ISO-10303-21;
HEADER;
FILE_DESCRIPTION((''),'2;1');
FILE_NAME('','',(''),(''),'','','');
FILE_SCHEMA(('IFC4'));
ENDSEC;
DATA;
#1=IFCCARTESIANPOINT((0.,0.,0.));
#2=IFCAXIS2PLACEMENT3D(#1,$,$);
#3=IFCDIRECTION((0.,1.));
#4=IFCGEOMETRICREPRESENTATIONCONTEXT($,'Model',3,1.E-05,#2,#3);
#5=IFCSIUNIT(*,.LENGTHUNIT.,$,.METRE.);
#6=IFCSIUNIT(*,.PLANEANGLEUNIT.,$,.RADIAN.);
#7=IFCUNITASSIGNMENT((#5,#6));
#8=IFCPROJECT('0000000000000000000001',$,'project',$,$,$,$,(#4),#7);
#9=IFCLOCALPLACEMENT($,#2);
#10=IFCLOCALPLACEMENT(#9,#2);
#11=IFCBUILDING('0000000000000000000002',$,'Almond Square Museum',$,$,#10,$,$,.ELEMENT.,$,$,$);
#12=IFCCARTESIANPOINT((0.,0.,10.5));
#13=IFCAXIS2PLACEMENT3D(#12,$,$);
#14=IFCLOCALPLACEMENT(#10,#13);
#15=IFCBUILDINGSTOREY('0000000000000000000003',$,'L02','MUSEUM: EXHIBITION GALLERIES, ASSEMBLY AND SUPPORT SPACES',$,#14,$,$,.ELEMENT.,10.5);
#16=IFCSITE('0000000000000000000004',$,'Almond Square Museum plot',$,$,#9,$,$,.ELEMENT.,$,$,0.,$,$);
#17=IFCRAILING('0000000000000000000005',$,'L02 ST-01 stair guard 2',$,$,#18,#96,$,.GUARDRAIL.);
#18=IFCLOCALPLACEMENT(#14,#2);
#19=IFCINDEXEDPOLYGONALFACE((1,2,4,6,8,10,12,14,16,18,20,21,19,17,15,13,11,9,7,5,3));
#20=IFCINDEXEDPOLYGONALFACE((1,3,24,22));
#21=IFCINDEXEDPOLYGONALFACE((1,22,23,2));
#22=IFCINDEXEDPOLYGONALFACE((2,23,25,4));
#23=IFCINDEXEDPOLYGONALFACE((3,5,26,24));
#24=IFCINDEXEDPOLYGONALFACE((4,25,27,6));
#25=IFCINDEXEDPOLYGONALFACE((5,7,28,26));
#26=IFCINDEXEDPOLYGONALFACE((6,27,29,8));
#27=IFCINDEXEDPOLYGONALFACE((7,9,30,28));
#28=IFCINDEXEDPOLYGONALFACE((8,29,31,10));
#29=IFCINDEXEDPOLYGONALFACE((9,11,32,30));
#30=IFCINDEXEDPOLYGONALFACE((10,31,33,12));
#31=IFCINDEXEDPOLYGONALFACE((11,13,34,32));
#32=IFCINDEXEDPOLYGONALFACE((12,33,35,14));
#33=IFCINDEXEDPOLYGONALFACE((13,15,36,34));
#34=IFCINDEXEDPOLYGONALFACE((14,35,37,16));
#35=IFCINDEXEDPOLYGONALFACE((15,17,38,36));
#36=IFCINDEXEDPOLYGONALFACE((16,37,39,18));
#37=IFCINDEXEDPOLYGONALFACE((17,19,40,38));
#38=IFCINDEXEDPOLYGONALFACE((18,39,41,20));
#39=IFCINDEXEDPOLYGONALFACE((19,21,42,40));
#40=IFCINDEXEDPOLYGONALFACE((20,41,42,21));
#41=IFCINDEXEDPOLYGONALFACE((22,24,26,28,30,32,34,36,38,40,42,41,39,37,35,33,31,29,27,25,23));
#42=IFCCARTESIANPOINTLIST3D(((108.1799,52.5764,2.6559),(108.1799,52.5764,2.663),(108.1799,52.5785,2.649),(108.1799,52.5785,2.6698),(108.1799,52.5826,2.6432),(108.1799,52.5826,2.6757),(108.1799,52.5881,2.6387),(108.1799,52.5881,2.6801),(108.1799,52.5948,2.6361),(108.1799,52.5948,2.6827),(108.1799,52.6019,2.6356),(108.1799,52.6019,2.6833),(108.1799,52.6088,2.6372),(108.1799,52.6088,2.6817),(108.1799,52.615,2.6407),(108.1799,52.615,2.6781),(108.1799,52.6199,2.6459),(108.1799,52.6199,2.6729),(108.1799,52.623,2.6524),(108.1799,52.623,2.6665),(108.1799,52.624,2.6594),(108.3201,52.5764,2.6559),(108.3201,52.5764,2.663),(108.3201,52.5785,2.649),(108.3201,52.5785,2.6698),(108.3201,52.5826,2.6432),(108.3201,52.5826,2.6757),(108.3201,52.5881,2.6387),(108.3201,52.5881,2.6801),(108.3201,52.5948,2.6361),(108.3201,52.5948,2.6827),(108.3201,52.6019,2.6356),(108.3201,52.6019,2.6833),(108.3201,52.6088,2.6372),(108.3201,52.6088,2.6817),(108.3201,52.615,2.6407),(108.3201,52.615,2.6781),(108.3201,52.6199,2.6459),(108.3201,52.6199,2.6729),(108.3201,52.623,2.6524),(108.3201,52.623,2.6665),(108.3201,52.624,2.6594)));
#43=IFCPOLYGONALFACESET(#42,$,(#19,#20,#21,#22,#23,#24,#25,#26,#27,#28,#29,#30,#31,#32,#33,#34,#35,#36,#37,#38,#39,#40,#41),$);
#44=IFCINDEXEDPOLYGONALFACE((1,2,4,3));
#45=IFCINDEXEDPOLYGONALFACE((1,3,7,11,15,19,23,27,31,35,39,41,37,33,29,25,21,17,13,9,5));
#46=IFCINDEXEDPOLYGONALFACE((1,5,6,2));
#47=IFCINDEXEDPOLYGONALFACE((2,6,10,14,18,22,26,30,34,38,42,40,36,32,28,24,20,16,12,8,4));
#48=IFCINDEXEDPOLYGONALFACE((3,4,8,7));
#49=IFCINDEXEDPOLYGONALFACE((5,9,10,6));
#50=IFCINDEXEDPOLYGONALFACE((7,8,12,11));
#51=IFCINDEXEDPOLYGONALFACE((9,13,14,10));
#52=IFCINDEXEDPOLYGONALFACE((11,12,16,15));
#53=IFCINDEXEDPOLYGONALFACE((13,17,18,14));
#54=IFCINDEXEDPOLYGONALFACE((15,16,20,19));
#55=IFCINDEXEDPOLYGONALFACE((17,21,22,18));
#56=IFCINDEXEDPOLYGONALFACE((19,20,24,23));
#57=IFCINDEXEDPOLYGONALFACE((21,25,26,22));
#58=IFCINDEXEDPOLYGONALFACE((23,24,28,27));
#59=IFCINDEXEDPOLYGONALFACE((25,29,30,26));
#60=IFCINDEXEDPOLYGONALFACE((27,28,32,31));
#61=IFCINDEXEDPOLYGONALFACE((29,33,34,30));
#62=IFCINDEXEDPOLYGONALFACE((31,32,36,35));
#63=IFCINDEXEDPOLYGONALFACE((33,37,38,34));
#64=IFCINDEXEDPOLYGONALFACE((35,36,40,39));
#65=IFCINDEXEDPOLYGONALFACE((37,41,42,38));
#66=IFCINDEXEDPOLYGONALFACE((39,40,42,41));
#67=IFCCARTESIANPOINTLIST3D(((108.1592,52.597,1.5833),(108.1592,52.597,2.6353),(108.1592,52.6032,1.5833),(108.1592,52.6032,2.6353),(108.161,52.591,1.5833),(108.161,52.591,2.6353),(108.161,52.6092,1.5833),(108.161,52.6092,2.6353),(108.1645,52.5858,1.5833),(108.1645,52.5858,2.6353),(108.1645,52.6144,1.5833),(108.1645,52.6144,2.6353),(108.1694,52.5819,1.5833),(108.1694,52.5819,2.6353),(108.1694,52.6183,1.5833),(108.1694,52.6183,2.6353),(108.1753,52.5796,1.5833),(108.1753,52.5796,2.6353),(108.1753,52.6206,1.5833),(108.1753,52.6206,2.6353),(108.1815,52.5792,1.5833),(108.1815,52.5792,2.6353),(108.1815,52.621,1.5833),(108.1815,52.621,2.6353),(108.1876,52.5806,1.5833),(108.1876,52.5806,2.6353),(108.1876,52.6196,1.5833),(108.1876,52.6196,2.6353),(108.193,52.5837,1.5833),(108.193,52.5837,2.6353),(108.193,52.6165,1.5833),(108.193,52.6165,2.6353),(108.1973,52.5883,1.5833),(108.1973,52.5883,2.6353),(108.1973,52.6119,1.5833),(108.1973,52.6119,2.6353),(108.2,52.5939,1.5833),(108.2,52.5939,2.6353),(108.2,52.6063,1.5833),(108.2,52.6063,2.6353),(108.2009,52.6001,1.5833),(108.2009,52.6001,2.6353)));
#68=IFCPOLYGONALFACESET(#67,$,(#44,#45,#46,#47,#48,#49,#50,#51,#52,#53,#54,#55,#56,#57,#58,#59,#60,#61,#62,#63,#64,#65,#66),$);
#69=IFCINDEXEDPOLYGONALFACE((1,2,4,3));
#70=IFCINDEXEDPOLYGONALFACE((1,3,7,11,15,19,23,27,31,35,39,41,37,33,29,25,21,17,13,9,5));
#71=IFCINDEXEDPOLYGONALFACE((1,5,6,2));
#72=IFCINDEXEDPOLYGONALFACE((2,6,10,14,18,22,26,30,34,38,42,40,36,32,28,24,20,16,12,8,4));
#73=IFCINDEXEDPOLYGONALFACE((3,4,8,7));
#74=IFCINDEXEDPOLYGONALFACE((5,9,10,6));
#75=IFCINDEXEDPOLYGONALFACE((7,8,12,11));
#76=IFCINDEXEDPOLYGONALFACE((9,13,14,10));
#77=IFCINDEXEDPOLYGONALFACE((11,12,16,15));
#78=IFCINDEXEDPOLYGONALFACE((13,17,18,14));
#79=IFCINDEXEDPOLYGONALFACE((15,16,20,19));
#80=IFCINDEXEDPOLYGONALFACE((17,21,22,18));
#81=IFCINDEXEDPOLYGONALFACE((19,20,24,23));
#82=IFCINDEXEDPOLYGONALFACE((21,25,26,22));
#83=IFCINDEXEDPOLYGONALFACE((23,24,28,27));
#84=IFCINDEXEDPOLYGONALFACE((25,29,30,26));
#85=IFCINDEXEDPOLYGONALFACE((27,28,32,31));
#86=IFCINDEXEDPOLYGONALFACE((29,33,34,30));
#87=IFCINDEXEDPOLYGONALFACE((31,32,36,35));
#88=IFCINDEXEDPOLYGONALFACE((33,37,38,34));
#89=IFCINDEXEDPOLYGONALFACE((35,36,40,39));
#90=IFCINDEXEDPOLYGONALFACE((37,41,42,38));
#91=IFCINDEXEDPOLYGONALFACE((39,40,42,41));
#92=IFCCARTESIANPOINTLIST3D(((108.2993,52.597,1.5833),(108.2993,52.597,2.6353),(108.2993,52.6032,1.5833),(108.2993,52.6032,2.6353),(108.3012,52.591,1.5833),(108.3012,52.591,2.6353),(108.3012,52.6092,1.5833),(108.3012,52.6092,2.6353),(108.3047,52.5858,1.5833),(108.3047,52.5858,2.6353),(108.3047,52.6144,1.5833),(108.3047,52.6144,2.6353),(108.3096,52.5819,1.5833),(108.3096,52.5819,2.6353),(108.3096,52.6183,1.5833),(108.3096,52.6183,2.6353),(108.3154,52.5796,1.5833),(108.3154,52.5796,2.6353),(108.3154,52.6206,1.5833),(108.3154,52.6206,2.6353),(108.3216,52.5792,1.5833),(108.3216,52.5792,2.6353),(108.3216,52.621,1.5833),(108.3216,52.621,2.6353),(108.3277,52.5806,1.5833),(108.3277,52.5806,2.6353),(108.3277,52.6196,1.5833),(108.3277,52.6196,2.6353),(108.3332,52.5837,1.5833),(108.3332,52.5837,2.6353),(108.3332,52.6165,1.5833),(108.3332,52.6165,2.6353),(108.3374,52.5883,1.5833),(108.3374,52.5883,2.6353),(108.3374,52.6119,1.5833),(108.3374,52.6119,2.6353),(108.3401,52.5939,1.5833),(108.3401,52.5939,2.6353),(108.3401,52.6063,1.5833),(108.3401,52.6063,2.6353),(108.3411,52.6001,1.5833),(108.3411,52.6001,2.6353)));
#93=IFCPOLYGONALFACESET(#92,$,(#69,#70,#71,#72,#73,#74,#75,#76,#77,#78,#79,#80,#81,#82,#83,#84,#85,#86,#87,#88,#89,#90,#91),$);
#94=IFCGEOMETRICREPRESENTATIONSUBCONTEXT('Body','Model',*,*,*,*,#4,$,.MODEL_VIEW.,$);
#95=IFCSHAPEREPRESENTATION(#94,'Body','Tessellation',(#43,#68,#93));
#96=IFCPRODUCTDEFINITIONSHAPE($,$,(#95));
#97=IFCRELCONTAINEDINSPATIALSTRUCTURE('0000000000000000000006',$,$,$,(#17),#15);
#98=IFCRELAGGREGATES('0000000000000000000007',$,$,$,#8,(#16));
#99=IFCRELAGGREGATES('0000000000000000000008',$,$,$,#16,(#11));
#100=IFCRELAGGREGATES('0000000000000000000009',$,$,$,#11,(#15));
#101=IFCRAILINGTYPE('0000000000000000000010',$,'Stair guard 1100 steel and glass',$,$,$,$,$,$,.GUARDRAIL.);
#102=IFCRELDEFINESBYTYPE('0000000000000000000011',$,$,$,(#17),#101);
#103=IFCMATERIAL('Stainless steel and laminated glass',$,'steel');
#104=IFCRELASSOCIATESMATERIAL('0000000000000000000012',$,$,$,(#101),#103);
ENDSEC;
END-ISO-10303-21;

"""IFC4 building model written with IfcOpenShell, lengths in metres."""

from ifc_helpers import new_model, si_unit, direction, frame, origin, origin_2d, place, context, subcontext, project, spatial, circle, extrude, material, type_object, element, save


model = new_model("IFC4")

# Units and contexts
model_context = context("Model", 3, precision=1e-05, world=origin(), true_north=direction((0.0, 1.0)))
body_context = subcontext(model_context, "Body", "Model", "MODEL_VIEW")
ifc_project = project(units=[si_unit("LENGTHUNIT", "METRE"), si_unit("PLANEANGLEUNIT", "RADIAN")], contexts=[model_context])

# Site, building, storey
site_placement = place(None, origin())
site = spatial("IfcSite", under=ifc_project, at=site_placement, Name="Almond Square Museum plot", CompositionType="ELEMENT", RefElevation=0.0)
building_placement = place(site_placement, origin())
building = spatial("IfcBuilding", under=site, at=building_placement, Name="Almond Square Museum", CompositionType="ELEMENT")
storey_placement = place(building_placement, frame((0.0, 0.0, 10.5)))
storey = spatial("IfcBuildingStorey", under=building, at=storey_placement, Name="L02", Description="MUSEUM: EXHIBITION GALLERIES, ASSEMBLY AND SUPPORT SPACES", CompositionType="ELEMENT", Elevation=10.5)

# Railing
ifc_material_1 = material(Name="Stainless steel and laminated glass", Category="steel")
railing_type_1 = type_object("IfcRailingType", Name="Stair guard 1100 steel and glass", PredefinedType="GUARDRAIL", material=ifc_material_1)
railing_1_placement = place(storey_placement, frame((108.1799, 52.6001, 1.5833)))
element("IfcRailing", 1, at=railing_1_placement, inside=storey, type_object=railing_type_1, Name="L02 ST-01 stair guard 2", PredefinedType="GUARDRAIL", context=body_context, shape_type="SweptSolid", body=[
    extrude(circle(Radius=0.0239, at=origin_2d()), frame((0.0, 0.0, 1.0762), z_axis=(1.0, 0.0, 0.0), x_axis=(0.0, 1.0, 0.0)), (0.0, 0.0, 1.0), 0.1401),
    extrude(circle(Radius=0.021, at=origin_2d()), origin(), (0.0, 0.0, 1.0), 1.052),
    extrude(circle(Radius=0.021, at=origin_2d()), frame((0.1401, 0.0, 0.0)), (0.0, 0.0, 1.0), 1.052),
])

save(model, "model.ifc")
